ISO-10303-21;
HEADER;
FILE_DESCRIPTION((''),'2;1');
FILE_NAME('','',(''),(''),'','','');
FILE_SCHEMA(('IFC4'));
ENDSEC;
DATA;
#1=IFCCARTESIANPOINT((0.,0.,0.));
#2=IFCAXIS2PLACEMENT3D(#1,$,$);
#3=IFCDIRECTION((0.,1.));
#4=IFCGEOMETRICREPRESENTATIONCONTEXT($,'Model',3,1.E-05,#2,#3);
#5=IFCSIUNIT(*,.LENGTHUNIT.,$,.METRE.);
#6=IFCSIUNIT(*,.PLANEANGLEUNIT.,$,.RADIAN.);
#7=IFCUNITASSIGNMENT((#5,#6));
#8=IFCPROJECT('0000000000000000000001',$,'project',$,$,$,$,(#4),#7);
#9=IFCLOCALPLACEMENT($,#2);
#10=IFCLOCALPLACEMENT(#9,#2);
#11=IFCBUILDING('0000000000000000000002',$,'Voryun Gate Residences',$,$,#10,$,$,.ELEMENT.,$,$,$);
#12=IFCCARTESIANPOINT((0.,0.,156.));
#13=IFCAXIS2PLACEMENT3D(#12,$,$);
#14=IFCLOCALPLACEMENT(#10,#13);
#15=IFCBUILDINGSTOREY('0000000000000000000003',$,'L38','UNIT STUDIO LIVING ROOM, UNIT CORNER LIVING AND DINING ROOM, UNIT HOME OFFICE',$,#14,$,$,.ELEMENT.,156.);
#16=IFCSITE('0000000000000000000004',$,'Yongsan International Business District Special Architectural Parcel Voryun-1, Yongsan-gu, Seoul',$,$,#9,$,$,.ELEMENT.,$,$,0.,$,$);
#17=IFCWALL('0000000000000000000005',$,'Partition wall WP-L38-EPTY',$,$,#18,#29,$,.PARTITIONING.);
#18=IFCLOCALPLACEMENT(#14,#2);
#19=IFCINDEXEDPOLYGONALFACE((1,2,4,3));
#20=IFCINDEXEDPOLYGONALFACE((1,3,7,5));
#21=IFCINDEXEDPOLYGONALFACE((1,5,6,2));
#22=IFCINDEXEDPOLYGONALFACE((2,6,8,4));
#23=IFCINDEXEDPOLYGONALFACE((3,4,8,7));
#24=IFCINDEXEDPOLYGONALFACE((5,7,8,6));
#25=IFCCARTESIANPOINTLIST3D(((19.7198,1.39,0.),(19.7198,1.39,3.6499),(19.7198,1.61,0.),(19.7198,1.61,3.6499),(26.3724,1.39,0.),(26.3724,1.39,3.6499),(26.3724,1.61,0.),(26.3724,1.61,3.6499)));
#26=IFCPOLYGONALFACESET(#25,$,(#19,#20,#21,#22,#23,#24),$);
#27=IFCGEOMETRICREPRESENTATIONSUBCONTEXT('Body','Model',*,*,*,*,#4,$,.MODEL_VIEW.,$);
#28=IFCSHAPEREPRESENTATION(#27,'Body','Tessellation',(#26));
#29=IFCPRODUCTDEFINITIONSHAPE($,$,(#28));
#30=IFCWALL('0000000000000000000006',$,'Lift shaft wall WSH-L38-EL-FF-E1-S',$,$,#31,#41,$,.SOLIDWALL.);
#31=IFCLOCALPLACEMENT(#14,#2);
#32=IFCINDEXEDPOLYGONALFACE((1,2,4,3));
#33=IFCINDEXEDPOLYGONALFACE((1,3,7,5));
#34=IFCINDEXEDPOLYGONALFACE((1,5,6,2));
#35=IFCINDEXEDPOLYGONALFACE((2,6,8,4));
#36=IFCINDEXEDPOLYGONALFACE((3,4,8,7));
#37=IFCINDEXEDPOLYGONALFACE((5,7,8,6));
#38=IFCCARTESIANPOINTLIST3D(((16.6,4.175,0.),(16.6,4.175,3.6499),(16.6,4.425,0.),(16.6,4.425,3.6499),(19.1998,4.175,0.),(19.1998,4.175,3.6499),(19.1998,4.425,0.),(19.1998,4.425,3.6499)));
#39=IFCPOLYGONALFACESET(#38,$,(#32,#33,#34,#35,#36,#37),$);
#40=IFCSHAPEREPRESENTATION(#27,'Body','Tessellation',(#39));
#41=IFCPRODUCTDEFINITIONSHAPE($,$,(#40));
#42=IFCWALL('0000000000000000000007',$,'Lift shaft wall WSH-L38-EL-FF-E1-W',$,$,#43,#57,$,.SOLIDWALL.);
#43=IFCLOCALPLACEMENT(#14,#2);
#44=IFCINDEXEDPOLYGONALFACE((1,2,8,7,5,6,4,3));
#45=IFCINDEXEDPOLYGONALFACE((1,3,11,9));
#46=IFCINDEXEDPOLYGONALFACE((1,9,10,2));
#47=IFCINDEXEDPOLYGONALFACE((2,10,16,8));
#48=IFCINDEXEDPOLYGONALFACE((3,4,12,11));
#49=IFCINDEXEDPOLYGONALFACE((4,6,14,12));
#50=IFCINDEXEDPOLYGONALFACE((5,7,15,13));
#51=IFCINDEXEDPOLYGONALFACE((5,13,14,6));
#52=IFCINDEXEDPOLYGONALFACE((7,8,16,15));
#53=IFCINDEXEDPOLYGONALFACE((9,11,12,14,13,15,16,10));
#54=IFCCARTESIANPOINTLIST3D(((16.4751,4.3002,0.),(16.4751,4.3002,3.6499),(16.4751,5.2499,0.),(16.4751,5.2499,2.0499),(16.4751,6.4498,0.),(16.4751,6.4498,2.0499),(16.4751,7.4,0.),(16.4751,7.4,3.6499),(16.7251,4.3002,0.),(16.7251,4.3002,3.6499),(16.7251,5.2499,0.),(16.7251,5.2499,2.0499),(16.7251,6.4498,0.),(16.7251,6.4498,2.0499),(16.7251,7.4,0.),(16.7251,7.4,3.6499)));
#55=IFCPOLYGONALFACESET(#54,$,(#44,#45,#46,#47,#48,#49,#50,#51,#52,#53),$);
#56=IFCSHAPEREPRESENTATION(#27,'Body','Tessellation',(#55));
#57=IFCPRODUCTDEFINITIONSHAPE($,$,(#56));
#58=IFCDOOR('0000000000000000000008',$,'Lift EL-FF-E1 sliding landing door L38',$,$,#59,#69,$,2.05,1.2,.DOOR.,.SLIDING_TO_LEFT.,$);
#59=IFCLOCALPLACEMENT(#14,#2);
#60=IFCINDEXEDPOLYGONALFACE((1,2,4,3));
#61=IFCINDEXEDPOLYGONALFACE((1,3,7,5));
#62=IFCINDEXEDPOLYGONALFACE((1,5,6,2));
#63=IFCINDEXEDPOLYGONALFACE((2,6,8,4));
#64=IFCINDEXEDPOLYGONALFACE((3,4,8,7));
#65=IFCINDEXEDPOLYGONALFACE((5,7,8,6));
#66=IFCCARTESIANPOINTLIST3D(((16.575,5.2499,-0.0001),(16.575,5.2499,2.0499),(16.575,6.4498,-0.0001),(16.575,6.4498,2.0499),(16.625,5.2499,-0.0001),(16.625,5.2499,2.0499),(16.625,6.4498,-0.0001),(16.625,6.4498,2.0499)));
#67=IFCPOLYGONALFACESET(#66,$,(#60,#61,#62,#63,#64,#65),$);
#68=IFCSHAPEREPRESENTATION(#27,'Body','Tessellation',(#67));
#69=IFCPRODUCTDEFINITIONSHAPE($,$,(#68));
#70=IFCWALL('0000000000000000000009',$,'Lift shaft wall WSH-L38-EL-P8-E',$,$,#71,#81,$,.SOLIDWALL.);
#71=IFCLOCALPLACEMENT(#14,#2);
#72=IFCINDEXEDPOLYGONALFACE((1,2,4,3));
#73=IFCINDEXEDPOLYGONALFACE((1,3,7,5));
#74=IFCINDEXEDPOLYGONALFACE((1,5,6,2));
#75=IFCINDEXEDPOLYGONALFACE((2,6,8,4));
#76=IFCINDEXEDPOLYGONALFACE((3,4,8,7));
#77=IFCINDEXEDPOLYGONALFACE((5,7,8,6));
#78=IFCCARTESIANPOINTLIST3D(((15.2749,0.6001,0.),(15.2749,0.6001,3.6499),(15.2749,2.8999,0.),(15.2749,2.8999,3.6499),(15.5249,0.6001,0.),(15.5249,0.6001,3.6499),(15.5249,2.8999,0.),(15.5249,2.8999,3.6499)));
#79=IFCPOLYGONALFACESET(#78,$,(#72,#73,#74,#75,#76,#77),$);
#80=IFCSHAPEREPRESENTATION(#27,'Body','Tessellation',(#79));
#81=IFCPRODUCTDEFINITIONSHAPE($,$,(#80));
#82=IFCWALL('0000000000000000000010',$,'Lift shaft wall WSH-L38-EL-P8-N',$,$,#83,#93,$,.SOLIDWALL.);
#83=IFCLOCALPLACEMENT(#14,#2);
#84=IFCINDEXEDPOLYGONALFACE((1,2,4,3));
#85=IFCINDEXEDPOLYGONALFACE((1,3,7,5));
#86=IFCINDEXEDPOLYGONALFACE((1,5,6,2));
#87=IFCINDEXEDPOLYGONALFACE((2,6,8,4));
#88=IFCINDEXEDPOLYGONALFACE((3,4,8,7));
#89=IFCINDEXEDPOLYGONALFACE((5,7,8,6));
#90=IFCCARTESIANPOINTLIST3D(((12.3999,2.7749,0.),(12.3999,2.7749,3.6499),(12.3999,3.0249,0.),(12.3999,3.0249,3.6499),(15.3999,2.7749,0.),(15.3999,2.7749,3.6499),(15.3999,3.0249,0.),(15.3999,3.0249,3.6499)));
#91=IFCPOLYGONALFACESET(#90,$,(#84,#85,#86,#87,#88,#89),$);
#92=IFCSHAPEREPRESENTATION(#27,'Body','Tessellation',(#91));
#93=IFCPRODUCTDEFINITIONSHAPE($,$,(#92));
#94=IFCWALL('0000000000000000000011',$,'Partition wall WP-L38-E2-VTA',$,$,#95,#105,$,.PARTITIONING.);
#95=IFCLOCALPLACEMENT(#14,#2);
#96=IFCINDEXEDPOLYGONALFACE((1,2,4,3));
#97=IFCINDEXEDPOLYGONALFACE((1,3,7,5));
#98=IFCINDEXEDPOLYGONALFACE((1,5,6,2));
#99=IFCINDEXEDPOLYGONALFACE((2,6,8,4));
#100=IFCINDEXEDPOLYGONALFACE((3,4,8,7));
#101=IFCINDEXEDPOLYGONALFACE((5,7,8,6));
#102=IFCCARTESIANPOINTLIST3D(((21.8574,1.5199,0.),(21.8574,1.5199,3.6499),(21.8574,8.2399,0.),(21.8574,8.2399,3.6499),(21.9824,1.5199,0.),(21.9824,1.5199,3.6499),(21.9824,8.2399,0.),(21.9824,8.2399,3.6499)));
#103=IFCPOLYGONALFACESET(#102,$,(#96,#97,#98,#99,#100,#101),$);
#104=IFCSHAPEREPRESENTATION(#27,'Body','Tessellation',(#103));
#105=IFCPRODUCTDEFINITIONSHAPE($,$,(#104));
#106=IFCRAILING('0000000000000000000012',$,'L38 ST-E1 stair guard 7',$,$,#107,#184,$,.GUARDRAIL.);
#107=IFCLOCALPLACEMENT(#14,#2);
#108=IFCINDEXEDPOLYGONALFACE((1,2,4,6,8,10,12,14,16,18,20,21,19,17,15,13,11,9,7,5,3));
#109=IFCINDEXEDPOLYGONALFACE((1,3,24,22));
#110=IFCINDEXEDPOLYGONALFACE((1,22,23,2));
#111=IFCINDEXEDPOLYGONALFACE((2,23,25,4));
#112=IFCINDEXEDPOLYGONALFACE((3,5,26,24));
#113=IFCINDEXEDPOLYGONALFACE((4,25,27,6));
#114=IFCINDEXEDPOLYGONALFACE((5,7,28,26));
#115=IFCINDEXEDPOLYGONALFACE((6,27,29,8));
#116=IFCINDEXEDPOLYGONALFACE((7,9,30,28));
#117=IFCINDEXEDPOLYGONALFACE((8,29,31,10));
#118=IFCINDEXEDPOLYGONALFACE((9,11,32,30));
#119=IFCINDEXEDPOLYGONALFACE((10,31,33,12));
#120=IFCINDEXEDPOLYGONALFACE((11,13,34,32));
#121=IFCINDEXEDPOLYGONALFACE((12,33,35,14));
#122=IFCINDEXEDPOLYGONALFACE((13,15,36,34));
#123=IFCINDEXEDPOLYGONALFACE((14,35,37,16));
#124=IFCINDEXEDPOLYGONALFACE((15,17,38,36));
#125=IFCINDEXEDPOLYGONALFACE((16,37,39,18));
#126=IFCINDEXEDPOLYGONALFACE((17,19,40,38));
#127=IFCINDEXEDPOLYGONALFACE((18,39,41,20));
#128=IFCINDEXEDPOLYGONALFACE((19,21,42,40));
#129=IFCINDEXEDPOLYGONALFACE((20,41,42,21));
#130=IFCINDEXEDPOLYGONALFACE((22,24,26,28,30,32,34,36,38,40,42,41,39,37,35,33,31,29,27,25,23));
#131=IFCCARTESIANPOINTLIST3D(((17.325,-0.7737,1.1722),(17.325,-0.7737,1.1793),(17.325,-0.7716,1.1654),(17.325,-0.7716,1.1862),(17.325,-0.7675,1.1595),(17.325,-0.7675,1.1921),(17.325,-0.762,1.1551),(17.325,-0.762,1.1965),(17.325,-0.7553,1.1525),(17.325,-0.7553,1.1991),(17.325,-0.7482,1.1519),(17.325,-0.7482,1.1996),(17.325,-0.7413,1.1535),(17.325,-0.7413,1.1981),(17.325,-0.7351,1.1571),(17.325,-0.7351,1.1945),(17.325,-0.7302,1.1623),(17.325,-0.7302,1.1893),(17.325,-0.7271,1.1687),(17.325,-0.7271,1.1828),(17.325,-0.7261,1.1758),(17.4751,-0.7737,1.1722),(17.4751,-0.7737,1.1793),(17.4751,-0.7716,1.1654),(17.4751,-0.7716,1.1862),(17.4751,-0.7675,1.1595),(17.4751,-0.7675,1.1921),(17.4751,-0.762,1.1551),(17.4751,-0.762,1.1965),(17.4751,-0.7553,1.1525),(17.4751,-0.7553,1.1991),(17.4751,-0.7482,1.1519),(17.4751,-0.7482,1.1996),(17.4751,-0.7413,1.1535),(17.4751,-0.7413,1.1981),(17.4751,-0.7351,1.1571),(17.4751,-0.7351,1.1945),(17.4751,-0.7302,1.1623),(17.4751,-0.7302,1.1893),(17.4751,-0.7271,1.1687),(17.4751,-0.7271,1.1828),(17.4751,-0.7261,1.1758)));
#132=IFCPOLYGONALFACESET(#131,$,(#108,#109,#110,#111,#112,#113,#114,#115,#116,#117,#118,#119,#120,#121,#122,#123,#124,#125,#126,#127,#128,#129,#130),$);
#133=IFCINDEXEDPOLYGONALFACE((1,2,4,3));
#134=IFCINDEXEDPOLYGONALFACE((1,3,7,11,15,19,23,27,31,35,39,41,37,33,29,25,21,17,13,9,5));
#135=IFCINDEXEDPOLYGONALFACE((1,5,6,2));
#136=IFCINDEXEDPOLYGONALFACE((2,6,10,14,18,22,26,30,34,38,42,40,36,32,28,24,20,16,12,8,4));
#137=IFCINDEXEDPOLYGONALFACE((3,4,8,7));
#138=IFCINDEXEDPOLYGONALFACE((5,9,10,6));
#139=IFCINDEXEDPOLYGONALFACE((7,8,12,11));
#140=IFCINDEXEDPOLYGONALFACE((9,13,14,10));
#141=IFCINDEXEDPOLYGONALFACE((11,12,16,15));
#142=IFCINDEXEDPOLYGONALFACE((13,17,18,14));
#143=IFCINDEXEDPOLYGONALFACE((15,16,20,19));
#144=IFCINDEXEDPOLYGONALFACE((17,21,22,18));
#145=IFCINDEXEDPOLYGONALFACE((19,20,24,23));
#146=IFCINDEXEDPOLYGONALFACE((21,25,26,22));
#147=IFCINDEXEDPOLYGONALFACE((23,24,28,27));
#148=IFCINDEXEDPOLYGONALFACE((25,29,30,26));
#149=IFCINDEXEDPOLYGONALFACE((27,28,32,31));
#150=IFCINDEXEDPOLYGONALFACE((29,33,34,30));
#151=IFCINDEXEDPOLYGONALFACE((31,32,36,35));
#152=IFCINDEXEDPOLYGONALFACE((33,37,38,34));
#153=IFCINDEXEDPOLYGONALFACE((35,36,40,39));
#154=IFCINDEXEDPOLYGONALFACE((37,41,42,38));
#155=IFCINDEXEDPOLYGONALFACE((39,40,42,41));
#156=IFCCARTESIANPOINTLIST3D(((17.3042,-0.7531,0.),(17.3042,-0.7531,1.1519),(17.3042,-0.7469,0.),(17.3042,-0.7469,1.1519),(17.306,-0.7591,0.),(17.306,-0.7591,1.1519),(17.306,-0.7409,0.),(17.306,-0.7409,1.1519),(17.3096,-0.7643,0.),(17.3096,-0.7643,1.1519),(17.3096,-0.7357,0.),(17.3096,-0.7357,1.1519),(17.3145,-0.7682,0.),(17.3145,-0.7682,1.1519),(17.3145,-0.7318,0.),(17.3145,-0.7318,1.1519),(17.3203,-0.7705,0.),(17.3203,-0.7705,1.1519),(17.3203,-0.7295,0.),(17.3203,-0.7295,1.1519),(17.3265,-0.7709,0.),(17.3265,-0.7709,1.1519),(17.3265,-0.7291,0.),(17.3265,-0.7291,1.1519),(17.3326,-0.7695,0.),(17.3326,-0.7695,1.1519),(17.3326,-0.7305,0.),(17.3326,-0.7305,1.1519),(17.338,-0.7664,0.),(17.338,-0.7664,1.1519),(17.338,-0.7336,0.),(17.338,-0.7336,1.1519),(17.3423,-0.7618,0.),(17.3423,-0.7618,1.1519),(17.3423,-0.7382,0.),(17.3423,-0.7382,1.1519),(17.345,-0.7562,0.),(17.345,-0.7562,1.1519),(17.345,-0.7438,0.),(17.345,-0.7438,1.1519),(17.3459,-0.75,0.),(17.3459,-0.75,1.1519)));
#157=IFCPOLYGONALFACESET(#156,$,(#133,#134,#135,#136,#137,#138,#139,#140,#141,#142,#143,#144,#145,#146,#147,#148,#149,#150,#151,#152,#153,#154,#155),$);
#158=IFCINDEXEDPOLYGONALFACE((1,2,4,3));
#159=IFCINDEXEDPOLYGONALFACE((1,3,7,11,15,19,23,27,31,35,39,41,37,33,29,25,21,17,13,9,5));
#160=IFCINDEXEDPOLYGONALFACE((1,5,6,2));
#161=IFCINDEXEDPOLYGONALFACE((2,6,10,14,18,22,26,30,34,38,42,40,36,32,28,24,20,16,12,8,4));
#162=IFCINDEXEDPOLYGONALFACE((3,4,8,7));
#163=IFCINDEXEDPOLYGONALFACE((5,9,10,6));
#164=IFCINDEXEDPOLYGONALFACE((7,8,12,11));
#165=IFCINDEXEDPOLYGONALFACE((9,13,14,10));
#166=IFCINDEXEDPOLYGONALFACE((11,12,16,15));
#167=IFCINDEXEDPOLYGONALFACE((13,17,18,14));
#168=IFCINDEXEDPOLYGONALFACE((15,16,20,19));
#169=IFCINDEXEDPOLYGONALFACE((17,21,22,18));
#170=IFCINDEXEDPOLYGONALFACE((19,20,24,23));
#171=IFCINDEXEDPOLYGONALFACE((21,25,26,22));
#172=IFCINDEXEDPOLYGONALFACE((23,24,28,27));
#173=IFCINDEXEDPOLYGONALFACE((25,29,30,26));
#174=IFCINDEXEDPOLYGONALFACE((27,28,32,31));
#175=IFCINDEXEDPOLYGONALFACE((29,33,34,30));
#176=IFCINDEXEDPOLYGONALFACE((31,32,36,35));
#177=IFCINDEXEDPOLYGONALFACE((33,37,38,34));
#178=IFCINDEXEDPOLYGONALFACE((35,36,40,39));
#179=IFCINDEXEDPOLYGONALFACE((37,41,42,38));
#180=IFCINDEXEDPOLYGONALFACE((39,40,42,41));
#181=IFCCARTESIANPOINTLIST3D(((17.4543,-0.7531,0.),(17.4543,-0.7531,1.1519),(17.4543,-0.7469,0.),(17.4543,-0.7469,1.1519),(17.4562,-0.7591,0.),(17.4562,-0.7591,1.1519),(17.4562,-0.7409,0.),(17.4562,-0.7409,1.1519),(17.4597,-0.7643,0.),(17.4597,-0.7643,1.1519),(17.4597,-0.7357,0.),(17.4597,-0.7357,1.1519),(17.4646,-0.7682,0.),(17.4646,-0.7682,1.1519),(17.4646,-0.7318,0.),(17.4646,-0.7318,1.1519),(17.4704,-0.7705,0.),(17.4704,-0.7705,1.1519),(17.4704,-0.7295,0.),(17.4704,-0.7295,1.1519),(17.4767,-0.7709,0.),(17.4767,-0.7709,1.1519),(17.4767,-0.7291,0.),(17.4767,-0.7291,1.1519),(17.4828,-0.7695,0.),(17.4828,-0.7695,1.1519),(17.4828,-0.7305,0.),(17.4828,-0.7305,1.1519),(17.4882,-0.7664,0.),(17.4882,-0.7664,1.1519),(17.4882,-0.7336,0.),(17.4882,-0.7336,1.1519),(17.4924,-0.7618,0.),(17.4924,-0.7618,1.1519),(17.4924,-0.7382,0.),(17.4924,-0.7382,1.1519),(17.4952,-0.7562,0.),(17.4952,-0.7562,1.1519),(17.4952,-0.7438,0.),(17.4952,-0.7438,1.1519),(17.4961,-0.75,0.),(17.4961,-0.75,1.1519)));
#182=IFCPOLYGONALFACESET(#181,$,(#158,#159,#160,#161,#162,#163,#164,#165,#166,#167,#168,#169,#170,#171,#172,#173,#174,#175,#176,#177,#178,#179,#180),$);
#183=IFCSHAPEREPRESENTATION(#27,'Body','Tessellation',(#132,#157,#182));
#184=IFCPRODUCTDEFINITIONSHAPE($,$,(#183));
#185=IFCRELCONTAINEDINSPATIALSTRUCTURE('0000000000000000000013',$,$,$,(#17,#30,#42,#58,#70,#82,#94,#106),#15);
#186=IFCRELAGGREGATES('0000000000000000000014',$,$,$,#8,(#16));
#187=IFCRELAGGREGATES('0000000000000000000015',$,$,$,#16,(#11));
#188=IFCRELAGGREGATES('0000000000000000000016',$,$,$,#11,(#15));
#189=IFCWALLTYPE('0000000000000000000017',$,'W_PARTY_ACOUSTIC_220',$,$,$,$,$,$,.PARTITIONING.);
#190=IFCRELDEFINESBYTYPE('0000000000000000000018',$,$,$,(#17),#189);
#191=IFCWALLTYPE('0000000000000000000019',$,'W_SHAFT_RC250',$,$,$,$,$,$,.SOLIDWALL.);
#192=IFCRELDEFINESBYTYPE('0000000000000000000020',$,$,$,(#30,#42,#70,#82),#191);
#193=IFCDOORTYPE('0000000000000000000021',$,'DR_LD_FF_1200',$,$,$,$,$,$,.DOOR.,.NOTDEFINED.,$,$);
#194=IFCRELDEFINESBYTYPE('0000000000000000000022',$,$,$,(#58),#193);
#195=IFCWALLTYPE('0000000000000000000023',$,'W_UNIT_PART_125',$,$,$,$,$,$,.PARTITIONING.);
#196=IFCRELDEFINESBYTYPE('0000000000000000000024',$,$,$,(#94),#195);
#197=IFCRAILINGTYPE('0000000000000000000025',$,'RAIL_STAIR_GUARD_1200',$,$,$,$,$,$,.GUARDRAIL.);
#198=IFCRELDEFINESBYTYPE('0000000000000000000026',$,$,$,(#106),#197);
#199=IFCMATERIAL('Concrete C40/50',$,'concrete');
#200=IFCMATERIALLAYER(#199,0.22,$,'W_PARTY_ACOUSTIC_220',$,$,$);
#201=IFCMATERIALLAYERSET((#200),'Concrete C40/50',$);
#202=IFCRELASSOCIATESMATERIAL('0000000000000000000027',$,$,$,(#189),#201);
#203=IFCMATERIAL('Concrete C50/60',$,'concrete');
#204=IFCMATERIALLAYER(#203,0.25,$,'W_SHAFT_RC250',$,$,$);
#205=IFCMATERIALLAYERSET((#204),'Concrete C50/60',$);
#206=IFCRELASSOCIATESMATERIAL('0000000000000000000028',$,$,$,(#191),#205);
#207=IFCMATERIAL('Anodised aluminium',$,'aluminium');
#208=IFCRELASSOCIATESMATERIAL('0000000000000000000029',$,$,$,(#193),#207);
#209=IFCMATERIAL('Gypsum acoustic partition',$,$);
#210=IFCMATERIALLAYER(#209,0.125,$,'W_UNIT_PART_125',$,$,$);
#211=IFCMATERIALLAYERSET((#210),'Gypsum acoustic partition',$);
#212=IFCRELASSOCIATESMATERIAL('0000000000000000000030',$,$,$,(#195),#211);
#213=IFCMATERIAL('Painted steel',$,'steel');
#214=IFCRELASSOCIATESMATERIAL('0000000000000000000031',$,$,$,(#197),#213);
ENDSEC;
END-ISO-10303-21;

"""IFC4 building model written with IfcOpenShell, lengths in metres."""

from ifc_helpers import new_model, si_unit, direction, frame, frame_2d, origin, origin_2d, place, context, subcontext, project, spatial, rectangle, circle, extrude, material, layer, layer_set, type_object, element, fill, save


model = new_model("IFC4")

# Units and contexts
model_context = context("Model", 3, precision=1e-05, world=origin(), true_north=direction((0.0, 1.0)))
body_context = subcontext(model_context, "Body", "Model", "MODEL_VIEW")
ifc_project = project(units=[si_unit("LENGTHUNIT", "METRE"), si_unit("PLANEANGLEUNIT", "RADIAN")], contexts=[model_context])

# Site, building, storey
site_placement = place(None, origin())
site = spatial("IfcSite", under=ifc_project, at=site_placement, Name="Yongsan International Business District Special Architectural Parcel Voryun-1, Yongsan-gu, Seoul", CompositionType="ELEMENT", RefElevation=0.0)
building_placement = place(site_placement, origin())
building = spatial("IfcBuilding", under=site, at=building_placement, Name="Voryun Gate Residences", CompositionType="ELEMENT")
storey_placement = place(building_placement, frame((0.0, 0.0, 156.0)))
storey = spatial("IfcBuildingStorey", under=building, at=storey_placement, Name="L38", Description="UNIT STUDIO LIVING ROOM, UNIT CORNER LIVING AND DINING ROOM, UNIT HOME OFFICE", CompositionType="ELEMENT", Elevation=156.0)

# Walls
ifc_material_1 = material(Name="Concrete C40/50", Category="concrete")
ifc_layer_1 = layer(ifc_material_1, 0.22, Name="W_PARTY_ACOUSTIC_220")
ifc_layer_set_1 = layer_set([ifc_layer_1], Name="Concrete C40/50")
wall_type_1 = type_object("IfcWallType", Name="W_PARTY_ACOUSTIC_220", PredefinedType="PARTITIONING", material=ifc_layer_set_1)
wall_1_placement = place(storey_placement, frame((19.72, 1.5, 0.0), z_axis=(0.0, 0.0, 1.0), x_axis=(1.0, 0.0, 0.0)))
element("IfcWall", 1, at=wall_1_placement, inside=storey, type_object=wall_type_1, Name="Partition wall WP-L38-EPTY", PredefinedType="PARTITIONING", context=body_context, shape_type="SweptSolid", body=[
    extrude(rectangle(XDim=6.6526, YDim=0.22, at=frame_2d((3.3262, 0.0))), origin(), (0.0, 0.0, 1.0), 3.6499),
])
ifc_material_2 = material(Name="Concrete C50/60", Category="concrete")
ifc_layer_2 = layer(ifc_material_2, 0.25, Name="W_SHAFT_RC250")
ifc_layer_set_2 = layer_set([ifc_layer_2], Name="Concrete C50/60")
wall_type_2 = type_object("IfcWallType", Name="W_SHAFT_RC250", PredefinedType="SOLIDWALL", material=ifc_layer_set_2)
wall_2_placement = place(storey_placement, frame((16.6001, 4.3, 0.0), z_axis=(0.0, 0.0, 1.0), x_axis=(1.0, 0.0, 0.0)))
element("IfcWall", 2, at=wall_2_placement, inside=storey, type_object=wall_type_2, Name="Lift shaft wall WSH-L38-EL-FF-E1-S", PredefinedType="SOLIDWALL", context=body_context, shape_type="SweptSolid", body=[
    extrude(rectangle(XDim=2.5999, YDim=0.25, at=frame_2d((1.2998, 0.0))), origin(), (0.0, 0.0, 1.0), 3.6499),
])

# Wall, opening, door
wall_3_placement = place(storey_placement, frame((16.6001, 7.3999, 0.0), z_axis=(0.0, 0.0, 1.0), x_axis=(0.0, -1.0, 0.0)))
wall_3 = element("IfcWall", 3, at=wall_3_placement, inside=storey, type_object=wall_type_2, Name="Lift shaft wall WSH-L38-EL-FF-E1-W", PredefinedType="SOLIDWALL", context=body_context, shape_type="SweptSolid", body=[
    extrude(rectangle(XDim=3.0999, YDim=0.25, at=frame_2d((1.5498, 0.0))), origin(), (0.0, 0.0, 1.0), 3.6499),
])
opening_1_placement = place(wall_3_placement, frame((0.95, 0.0, 0.0)))
opening_1 = element("IfcOpeningElement", 4, at=opening_1_placement, cuts=wall_3, PredefinedType="OPENING", context=body_context, shape_type="SweptSolid", body=[
    extrude(rectangle(XDim=1.2, YDim=2.05, at=frame_2d((0.6001, 1.0249))), frame((0.0, 0.135, 0.0), z_axis=(0.0, -1.0, 0.0), x_axis=(1.0, 0.0, 0.0)), (0.0, 0.0, 1.0), 0.27),
])
ifc_material_3 = material(Name="Anodised aluminium", Category="aluminium")
door_type_1 = type_object("IfcDoorType", Name="DR_LD_FF_1200", OperationType="NOTDEFINED", PredefinedType="DOOR", material=ifc_material_3)
door_1_placement = place(opening_1_placement, origin())
door_1 = element("IfcDoor", 5, at=door_1_placement, inside=storey, type_object=door_type_1, Name="Lift EL-FF-E1 sliding landing door L38", OperationType="SLIDING_TO_LEFT", OverallHeight=2.05, OverallWidth=1.2, PredefinedType="DOOR", context=body_context, shape_type="SweptSolid", body=[
    extrude(rectangle(XDim=1.2, YDim=2.05, at=frame_2d((0.6001, 1.0249))), frame((0.0, 0.0249, 0.0), z_axis=(0.0, -1.0, 0.0), x_axis=(1.0, 0.0, 0.0)), (0.0, 0.0, 1.0), 0.05),
])
fill(opening_1, door_1)

# Walls
wall_4_placement = place(storey_placement, frame((15.3999, 0.6001, 0.0), z_axis=(0.0, 0.0, 1.0), x_axis=(0.0, 1.0, 0.0)))
element("IfcWall", 6, at=wall_4_placement, inside=storey, type_object=wall_type_2, Name="Lift shaft wall WSH-L38-EL-P8-E", PredefinedType="SOLIDWALL", context=body_context, shape_type="SweptSolid", body=[
    extrude(rectangle(XDim=2.2998, YDim=0.25, at=frame_2d((1.1499, 0.0))), origin(), (0.0, 0.0, 1.0), 3.6499),
])
wall_5_placement = place(storey_placement, frame((15.3999, 2.8999, 0.0), z_axis=(0.0, 0.0, 1.0), x_axis=(-1.0, 0.0, 0.0)))
element("IfcWall", 7, at=wall_5_placement, inside=storey, type_object=wall_type_2, Name="Lift shaft wall WSH-L38-EL-P8-N", PredefinedType="SOLIDWALL", context=body_context, shape_type="SweptSolid", body=[
    extrude(rectangle(XDim=3.0, YDim=0.25, at=frame_2d((1.5, 0.0))), origin(), (0.0, 0.0, 1.0), 3.6499),
])
ifc_material_4 = material(Name="Gypsum acoustic partition")
ifc_layer_3 = layer(ifc_material_4, 0.125, Name="W_UNIT_PART_125")
ifc_layer_set_3 = layer_set([ifc_layer_3], Name="Gypsum acoustic partition")
wall_type_3 = type_object("IfcWallType", Name="W_UNIT_PART_125", PredefinedType="PARTITIONING", material=ifc_layer_set_3)
wall_6_placement = place(storey_placement, frame((21.9199, 1.52, 0.0), z_axis=(0.0, 0.0, 1.0), x_axis=(0.0, 1.0, 0.0)))
element("IfcWall", 8, at=wall_6_placement, inside=storey, type_object=wall_type_3, Name="Partition wall WP-L38-E2-VTA", PredefinedType="PARTITIONING", context=body_context, shape_type="SweptSolid", body=[
    extrude(rectangle(XDim=6.72, YDim=0.125, at=frame_2d((3.3599, 0.0))), origin(), (0.0, 0.0, 1.0), 3.6499),
])

# Railing
ifc_material_5 = material(Name="Painted steel", Category="steel")
railing_type = type_object("IfcRailingType", Name="RAIL_STAIR_GUARD_1200", PredefinedType="GUARDRAIL", material=ifc_material_5)
railing_placement = place(storey_placement, frame((17.325, -0.75, 0.0)))
element("IfcRailing", 9, at=railing_placement, inside=storey, type_object=railing_type, Name="L38 ST-E1 stair guard 7", PredefinedType="GUARDRAIL", context=body_context, shape_type="SweptSolid", body=[
    extrude(circle(Radius=0.0239, at=origin_2d()), frame((0.0, 0.0, 1.1758), z_axis=(1.0, 0.0, 0.0), x_axis=(0.0, 1.0, 0.0)), (0.0, 0.0, 1.0), 0.1501),
    extrude(circle(Radius=0.021, at=origin_2d()), origin(), (0.0, 0.0, 1.0), 1.1519),
    extrude(circle(Radius=0.021, at=origin_2d()), frame((0.1501, 0.0, 0.0)), (0.0, 0.0, 1.0), 1.1519),
])

save(model, "model.ifc")
